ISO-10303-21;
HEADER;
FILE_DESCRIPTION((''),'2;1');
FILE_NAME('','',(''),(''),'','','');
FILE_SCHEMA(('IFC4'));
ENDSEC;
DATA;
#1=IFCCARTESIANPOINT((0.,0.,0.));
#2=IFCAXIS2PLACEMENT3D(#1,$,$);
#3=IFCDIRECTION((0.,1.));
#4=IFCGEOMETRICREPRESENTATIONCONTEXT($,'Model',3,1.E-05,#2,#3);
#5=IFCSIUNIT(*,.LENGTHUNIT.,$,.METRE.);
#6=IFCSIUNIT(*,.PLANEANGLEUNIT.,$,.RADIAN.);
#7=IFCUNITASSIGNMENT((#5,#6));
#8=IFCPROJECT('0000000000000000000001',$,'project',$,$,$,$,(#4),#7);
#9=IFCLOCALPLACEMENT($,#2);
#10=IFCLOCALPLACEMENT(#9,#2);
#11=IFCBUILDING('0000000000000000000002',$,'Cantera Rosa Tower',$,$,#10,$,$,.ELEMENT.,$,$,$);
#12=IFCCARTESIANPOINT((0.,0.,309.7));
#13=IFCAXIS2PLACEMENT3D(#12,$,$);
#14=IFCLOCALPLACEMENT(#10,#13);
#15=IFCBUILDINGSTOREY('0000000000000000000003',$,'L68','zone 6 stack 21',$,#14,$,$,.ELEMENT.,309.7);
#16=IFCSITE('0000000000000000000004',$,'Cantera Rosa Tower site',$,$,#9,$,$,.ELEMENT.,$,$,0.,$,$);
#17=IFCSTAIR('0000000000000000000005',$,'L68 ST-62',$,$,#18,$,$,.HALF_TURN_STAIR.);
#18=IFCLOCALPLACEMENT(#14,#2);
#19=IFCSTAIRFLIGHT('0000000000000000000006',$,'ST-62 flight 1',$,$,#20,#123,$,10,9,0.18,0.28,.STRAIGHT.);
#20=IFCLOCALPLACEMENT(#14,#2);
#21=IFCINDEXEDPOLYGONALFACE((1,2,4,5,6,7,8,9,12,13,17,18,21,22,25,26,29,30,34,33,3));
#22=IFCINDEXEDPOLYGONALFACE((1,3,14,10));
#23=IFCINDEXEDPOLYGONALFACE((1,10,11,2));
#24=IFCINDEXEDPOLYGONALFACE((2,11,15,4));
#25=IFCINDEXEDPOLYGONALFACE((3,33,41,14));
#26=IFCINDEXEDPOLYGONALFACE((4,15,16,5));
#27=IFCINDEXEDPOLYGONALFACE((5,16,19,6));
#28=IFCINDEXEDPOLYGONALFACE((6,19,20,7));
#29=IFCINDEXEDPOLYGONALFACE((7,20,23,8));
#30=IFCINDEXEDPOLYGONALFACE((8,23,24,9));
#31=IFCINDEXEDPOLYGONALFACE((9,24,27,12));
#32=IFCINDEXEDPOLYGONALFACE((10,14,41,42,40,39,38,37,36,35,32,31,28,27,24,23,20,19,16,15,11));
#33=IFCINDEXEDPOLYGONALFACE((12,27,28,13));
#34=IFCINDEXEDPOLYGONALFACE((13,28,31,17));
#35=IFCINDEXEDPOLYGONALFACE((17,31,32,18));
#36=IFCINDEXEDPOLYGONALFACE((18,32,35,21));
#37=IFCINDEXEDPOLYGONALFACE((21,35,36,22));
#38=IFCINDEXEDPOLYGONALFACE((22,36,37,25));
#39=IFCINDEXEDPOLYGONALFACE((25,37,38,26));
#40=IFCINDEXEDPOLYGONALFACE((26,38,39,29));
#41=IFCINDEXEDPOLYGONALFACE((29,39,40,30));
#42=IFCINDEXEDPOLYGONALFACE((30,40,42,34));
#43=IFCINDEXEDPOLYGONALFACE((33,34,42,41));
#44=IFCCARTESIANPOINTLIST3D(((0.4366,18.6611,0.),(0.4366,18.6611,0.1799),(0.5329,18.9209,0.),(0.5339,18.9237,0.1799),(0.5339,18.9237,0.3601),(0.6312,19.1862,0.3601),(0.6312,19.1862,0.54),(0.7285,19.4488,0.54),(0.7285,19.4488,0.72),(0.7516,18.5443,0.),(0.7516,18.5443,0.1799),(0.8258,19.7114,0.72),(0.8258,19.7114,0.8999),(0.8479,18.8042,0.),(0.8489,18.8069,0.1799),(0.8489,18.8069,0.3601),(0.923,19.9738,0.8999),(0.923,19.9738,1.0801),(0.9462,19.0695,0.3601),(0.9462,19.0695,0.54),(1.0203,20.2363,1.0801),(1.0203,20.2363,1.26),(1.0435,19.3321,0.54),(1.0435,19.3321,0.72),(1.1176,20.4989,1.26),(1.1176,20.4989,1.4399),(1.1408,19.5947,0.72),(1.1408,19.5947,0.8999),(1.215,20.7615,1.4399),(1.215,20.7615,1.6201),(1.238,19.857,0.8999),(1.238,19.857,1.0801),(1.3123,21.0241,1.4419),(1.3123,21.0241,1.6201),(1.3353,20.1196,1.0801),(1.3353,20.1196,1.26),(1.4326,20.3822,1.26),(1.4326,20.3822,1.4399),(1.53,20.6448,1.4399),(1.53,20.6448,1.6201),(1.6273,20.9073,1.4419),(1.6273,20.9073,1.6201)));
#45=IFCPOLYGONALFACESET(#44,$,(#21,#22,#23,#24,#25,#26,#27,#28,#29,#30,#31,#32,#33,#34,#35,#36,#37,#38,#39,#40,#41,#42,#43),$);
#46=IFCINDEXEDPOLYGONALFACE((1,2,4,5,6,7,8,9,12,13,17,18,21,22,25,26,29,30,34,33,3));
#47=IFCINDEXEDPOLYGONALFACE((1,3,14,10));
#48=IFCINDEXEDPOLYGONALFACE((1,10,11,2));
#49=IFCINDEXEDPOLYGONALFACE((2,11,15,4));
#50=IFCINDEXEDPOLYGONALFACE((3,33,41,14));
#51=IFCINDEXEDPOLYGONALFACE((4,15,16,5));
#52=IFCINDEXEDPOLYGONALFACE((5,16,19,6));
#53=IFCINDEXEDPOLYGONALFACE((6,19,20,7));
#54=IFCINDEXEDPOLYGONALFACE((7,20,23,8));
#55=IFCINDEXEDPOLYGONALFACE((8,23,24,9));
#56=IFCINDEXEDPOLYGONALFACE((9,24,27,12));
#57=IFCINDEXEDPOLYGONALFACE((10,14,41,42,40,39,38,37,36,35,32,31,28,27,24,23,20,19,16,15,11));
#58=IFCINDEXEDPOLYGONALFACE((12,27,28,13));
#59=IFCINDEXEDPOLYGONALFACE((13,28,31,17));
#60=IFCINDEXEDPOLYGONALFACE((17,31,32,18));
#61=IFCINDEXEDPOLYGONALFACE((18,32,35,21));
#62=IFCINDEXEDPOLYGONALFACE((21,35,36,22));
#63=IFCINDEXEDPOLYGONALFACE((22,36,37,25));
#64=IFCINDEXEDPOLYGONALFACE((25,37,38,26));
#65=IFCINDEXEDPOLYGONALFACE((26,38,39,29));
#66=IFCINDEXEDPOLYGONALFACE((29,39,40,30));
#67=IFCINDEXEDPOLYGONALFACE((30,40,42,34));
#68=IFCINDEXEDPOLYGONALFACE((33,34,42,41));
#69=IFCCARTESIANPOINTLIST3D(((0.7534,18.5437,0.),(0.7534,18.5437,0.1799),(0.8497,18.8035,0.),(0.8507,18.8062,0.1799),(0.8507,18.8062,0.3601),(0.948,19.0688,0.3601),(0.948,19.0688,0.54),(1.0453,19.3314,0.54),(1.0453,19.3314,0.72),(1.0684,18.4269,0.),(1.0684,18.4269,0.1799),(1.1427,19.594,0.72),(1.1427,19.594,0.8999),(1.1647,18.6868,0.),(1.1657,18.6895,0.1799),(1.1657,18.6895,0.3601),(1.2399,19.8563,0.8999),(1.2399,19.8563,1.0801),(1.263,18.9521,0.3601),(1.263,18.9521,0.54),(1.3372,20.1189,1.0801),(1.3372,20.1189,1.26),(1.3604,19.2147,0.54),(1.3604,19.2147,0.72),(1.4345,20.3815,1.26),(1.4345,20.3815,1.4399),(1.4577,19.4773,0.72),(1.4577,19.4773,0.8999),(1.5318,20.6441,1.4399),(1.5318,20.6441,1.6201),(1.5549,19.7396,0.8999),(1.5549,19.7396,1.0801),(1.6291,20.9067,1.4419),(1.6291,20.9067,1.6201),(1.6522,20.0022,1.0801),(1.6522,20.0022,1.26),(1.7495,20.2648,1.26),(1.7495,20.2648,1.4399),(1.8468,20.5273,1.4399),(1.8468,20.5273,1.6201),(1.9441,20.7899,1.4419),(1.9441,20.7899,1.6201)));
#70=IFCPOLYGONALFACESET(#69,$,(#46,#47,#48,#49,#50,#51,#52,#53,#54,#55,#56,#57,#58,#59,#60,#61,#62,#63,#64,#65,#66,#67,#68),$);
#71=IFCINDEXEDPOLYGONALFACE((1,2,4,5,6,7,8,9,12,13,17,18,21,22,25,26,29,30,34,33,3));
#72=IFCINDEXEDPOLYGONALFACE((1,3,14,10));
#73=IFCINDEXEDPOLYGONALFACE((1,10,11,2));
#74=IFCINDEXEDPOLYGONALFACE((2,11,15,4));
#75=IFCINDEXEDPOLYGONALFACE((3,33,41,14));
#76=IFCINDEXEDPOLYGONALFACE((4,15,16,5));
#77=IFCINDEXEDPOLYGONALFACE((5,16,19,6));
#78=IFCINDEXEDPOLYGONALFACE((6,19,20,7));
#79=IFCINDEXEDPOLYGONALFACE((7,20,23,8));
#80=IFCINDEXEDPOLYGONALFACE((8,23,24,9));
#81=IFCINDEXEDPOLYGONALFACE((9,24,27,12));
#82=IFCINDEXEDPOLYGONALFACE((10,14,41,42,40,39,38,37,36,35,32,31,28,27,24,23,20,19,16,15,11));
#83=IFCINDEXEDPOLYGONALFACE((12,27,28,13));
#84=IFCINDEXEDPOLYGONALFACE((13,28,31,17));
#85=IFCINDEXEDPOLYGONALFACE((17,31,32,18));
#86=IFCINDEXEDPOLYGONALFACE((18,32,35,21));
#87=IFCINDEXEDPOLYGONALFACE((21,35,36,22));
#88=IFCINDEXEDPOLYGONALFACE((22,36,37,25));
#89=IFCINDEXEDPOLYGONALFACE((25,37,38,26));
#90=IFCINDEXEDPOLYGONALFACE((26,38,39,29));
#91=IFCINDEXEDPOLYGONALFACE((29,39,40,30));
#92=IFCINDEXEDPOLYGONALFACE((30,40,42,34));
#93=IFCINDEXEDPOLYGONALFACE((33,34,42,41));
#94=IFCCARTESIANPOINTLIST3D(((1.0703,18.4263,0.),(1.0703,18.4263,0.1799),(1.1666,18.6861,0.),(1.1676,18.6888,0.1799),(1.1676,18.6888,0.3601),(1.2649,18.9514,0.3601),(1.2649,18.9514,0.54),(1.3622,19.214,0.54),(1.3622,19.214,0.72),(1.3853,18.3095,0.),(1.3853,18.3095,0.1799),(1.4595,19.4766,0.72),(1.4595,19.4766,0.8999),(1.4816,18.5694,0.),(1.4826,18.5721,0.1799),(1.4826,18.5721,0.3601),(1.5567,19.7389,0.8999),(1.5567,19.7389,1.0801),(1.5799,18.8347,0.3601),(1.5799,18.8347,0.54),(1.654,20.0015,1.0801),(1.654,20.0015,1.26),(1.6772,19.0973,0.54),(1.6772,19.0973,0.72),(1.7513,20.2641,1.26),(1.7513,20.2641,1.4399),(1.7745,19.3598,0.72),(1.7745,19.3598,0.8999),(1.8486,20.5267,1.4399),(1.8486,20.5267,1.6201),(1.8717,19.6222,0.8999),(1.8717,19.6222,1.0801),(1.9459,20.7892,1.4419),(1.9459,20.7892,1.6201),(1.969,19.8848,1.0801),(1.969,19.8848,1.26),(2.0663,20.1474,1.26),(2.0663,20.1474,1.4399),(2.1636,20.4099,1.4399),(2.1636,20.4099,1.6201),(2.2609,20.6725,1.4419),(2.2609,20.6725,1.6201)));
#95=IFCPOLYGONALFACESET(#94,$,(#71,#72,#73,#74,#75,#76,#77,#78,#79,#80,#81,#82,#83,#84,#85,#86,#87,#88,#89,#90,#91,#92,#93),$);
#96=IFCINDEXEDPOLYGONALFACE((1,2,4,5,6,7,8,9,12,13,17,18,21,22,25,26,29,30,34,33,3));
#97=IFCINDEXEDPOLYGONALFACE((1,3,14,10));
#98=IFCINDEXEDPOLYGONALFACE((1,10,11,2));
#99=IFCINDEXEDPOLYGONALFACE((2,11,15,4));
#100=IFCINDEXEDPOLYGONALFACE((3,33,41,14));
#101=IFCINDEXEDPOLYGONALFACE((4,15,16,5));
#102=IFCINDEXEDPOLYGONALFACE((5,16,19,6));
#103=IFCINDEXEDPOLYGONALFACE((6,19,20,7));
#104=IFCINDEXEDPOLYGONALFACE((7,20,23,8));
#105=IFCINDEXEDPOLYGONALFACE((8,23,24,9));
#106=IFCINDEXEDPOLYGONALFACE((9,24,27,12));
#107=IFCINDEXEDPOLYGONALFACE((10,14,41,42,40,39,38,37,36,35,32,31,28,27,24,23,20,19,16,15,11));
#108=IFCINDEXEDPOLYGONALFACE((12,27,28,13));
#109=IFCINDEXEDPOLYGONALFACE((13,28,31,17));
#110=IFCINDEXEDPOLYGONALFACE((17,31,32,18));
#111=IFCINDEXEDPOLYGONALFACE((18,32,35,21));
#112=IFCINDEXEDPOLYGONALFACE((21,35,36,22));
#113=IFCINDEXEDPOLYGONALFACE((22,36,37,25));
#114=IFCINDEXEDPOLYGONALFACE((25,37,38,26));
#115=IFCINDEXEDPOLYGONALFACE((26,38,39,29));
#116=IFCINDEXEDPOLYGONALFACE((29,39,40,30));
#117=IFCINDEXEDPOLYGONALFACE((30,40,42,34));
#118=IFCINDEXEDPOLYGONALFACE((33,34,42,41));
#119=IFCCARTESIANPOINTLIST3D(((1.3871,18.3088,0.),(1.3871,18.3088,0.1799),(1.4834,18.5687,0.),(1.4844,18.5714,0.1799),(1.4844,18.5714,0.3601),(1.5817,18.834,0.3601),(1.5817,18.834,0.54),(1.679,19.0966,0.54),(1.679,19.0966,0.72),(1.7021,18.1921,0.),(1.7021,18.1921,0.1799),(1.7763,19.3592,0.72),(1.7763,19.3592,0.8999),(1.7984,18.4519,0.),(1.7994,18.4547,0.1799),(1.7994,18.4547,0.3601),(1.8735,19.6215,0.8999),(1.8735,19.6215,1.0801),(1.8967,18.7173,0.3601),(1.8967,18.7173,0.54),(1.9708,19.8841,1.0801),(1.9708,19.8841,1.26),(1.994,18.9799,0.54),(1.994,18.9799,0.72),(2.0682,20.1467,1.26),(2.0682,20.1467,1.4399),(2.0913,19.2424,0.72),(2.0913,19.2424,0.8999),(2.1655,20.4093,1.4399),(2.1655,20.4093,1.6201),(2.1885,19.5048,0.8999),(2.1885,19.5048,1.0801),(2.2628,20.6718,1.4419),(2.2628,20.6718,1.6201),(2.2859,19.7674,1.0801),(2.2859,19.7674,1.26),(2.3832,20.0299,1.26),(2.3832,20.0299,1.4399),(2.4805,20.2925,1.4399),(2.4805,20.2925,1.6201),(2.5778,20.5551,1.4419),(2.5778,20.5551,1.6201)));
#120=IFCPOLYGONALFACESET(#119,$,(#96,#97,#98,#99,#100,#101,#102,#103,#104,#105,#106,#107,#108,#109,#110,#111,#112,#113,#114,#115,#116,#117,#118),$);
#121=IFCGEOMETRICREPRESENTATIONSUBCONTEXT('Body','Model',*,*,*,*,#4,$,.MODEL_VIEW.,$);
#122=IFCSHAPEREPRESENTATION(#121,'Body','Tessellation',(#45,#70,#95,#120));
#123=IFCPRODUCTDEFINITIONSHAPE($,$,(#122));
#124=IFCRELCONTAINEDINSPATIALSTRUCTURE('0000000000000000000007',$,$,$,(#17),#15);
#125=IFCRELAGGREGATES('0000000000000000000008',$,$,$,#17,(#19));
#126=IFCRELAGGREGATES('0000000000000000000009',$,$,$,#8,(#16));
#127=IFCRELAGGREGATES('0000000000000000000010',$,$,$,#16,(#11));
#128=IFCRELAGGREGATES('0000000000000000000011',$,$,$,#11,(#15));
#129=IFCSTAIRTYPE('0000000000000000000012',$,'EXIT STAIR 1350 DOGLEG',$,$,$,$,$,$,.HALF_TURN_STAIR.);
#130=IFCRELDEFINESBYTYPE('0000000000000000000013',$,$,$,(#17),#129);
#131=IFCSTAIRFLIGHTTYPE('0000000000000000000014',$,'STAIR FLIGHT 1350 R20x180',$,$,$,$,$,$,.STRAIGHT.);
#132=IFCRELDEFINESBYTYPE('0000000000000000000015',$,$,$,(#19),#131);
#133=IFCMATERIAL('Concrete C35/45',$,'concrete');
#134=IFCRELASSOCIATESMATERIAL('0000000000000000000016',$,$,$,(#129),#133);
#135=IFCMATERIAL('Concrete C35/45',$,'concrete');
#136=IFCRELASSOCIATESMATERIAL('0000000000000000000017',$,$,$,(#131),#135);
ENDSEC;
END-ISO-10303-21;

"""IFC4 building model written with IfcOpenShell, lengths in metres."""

from ifc_helpers import new_model, si_unit, direction, frame, origin, place, context, subcontext, project, spatial, polyline, outline, extrude, material, type_object, element, aggregate, save


model = new_model("IFC4")

# Units and contexts
model_context = context("Model", 3, precision=1e-05, world=origin(), true_north=direction((0.0, 1.0)))
body_context = subcontext(model_context, "Body", "Model", "MODEL_VIEW")
ifc_project = project(units=[si_unit("LENGTHUNIT", "METRE"), si_unit("PLANEANGLEUNIT", "RADIAN")], contexts=[model_context])

# Site, building, storey
site_placement = place(None, origin())
site = spatial("IfcSite", under=ifc_project, at=site_placement, Name="Cantera Rosa Tower site", CompositionType="ELEMENT", RefElevation=0.0)
building_placement = place(site_placement, origin())
building = spatial("IfcBuilding", under=site, at=building_placement, Name="Cantera Rosa Tower", CompositionType="ELEMENT")
storey_placement = place(building_placement, frame((0.0, 0.0, 309.7)))
storey = spatial("IfcBuildingStorey", under=building, at=storey_placement, Name="L68", Description="zone 6 stack 21", CompositionType="ELEMENT", Elevation=309.7)

# Stair, stair flight
ifc_material_1 = material(Name="Concrete C35/45", Category="concrete")
stair_type = type_object("IfcStairType", Name="EXIT STAIR 1350 DOGLEG", PredefinedType="HALF_TURN_STAIR", material=ifc_material_1)
stair_placement = place(storey_placement, origin())
stair = element("IfcStair", 1, at=stair_placement, inside=storey, type_object=stair_type, Name="L68 ST-62", PredefinedType="HALF_TURN_STAIR")
ifc_material_2 = material(Name="Concrete C35/45", Category="concrete")
stair_flight_type = type_object("IfcStairFlightType", Name="STAIR FLIGHT 1350 R20x180", PredefinedType="STRAIGHT", material=ifc_material_2)
stair_flight_1_placement = place(storey_placement, frame((1.0696, 18.4265, 0.0), z_axis=(0.0, 0.0, 1.0), x_axis=(0.347481, 0.937687, 0.0)))
stair_flight_1 = element("IfcStairFlight", 2, at=stair_flight_1_placement, type_object=stair_flight_type, Name="ST-62 flight 1", NumberOfRisers=10, NumberOfTreads=9, PredefinedType="STRAIGHT", RiserHeight=0.18, TreadLength=0.28, context=body_context, shape_type="SweptSolid", body=[
    extrude(outline(polyline([(0.0, 0.0), (0.0, 0.1799), (0.28, 0.1799), (0.28, 0.3601), (0.5601, 0.3601), (0.5601, 0.54), (0.8401, 0.54), (0.8401, 0.72), (1.1201, 0.72), (1.1201, 0.8999), (1.3999, 0.8999), (1.3999, 1.0801), (1.6799, 1.0801), (1.6799, 1.26), (1.96, 1.26), (1.96, 1.4399), (2.24, 1.4399), (2.24, 1.6201), (2.52, 1.6201), (2.52, 1.8), (2.52, 1.4419), (0.2771, 0.0), (0.0, 0.0)])), frame((0.0, 0.675, 0.0), z_axis=(0.0, -1.0, 0.0), x_axis=(1.0, 0.0, 0.0)), (0.0, 0.0, 1.0), 0.3359),
    extrude(outline(polyline([(0.0, 0.0), (0.0, 0.1799), (0.28, 0.1799), (0.28, 0.3601), (0.5601, 0.3601), (0.5601, 0.54), (0.8401, 0.54), (0.8401, 0.72), (1.1201, 0.72), (1.1201, 0.8999), (1.3999, 0.8999), (1.3999, 1.0801), (1.6799, 1.0801), (1.6799, 1.26), (1.96, 1.26), (1.96, 1.4399), (2.24, 1.4399), (2.24, 1.6201), (2.52, 1.6201), (2.52, 1.8), (2.52, 1.4419), (0.2771, 0.0), (0.0, 0.0)])), frame((0.0, 0.3372, 0.0), z_axis=(0.0, -1.0, 0.0), x_axis=(1.0, 0.0, 0.0)), (0.0, 0.0, 1.0), 0.3359),
    extrude(outline(polyline([(0.0, 0.0), (0.0, 0.1799), (0.28, 0.1799), (0.28, 0.3601), (0.5601, 0.3601), (0.5601, 0.54), (0.8401, 0.54), (0.8401, 0.72), (1.1201, 0.72), (1.1201, 0.8999), (1.3999, 0.8999), (1.3999, 1.0801), (1.6799, 1.0801), (1.6799, 1.26), (1.96, 1.26), (1.96, 1.4399), (2.24, 1.4399), (2.24, 1.6201), (2.52, 1.6201), (2.52, 1.8), (2.52, 1.4419), (0.2771, 0.0), (0.0, 0.0)])), frame((0.0, -0.0007, 0.0), z_axis=(0.0, -1.0, 0.0), x_axis=(1.0, 0.0, 0.0)), (0.0, 0.0, 1.0), 0.3359),
    extrude(outline(polyline([(0.0, 0.0), (0.0, 0.1799), (0.28, 0.1799), (0.28, 0.3601), (0.5601, 0.3601), (0.5601, 0.54), (0.8401, 0.54), (0.8401, 0.72), (1.1201, 0.72), (1.1201, 0.8999), (1.3999, 0.8999), (1.3999, 1.0801), (1.6799, 1.0801), (1.6799, 1.26), (1.96, 1.26), (1.96, 1.4399), (2.24, 1.4399), (2.24, 1.6201), (2.52, 1.6201), (2.52, 1.8), (2.52, 1.4419), (0.2771, 0.0), (0.0, 0.0)])), frame((0.0, -0.3386, 0.0), z_axis=(0.0, -1.0, 0.0), x_axis=(1.0, 0.0, 0.0)), (0.0, 0.0, 1.0), 0.3359),
])
aggregate(stair, [stair_flight_1])

save(model, "model.ifc")
